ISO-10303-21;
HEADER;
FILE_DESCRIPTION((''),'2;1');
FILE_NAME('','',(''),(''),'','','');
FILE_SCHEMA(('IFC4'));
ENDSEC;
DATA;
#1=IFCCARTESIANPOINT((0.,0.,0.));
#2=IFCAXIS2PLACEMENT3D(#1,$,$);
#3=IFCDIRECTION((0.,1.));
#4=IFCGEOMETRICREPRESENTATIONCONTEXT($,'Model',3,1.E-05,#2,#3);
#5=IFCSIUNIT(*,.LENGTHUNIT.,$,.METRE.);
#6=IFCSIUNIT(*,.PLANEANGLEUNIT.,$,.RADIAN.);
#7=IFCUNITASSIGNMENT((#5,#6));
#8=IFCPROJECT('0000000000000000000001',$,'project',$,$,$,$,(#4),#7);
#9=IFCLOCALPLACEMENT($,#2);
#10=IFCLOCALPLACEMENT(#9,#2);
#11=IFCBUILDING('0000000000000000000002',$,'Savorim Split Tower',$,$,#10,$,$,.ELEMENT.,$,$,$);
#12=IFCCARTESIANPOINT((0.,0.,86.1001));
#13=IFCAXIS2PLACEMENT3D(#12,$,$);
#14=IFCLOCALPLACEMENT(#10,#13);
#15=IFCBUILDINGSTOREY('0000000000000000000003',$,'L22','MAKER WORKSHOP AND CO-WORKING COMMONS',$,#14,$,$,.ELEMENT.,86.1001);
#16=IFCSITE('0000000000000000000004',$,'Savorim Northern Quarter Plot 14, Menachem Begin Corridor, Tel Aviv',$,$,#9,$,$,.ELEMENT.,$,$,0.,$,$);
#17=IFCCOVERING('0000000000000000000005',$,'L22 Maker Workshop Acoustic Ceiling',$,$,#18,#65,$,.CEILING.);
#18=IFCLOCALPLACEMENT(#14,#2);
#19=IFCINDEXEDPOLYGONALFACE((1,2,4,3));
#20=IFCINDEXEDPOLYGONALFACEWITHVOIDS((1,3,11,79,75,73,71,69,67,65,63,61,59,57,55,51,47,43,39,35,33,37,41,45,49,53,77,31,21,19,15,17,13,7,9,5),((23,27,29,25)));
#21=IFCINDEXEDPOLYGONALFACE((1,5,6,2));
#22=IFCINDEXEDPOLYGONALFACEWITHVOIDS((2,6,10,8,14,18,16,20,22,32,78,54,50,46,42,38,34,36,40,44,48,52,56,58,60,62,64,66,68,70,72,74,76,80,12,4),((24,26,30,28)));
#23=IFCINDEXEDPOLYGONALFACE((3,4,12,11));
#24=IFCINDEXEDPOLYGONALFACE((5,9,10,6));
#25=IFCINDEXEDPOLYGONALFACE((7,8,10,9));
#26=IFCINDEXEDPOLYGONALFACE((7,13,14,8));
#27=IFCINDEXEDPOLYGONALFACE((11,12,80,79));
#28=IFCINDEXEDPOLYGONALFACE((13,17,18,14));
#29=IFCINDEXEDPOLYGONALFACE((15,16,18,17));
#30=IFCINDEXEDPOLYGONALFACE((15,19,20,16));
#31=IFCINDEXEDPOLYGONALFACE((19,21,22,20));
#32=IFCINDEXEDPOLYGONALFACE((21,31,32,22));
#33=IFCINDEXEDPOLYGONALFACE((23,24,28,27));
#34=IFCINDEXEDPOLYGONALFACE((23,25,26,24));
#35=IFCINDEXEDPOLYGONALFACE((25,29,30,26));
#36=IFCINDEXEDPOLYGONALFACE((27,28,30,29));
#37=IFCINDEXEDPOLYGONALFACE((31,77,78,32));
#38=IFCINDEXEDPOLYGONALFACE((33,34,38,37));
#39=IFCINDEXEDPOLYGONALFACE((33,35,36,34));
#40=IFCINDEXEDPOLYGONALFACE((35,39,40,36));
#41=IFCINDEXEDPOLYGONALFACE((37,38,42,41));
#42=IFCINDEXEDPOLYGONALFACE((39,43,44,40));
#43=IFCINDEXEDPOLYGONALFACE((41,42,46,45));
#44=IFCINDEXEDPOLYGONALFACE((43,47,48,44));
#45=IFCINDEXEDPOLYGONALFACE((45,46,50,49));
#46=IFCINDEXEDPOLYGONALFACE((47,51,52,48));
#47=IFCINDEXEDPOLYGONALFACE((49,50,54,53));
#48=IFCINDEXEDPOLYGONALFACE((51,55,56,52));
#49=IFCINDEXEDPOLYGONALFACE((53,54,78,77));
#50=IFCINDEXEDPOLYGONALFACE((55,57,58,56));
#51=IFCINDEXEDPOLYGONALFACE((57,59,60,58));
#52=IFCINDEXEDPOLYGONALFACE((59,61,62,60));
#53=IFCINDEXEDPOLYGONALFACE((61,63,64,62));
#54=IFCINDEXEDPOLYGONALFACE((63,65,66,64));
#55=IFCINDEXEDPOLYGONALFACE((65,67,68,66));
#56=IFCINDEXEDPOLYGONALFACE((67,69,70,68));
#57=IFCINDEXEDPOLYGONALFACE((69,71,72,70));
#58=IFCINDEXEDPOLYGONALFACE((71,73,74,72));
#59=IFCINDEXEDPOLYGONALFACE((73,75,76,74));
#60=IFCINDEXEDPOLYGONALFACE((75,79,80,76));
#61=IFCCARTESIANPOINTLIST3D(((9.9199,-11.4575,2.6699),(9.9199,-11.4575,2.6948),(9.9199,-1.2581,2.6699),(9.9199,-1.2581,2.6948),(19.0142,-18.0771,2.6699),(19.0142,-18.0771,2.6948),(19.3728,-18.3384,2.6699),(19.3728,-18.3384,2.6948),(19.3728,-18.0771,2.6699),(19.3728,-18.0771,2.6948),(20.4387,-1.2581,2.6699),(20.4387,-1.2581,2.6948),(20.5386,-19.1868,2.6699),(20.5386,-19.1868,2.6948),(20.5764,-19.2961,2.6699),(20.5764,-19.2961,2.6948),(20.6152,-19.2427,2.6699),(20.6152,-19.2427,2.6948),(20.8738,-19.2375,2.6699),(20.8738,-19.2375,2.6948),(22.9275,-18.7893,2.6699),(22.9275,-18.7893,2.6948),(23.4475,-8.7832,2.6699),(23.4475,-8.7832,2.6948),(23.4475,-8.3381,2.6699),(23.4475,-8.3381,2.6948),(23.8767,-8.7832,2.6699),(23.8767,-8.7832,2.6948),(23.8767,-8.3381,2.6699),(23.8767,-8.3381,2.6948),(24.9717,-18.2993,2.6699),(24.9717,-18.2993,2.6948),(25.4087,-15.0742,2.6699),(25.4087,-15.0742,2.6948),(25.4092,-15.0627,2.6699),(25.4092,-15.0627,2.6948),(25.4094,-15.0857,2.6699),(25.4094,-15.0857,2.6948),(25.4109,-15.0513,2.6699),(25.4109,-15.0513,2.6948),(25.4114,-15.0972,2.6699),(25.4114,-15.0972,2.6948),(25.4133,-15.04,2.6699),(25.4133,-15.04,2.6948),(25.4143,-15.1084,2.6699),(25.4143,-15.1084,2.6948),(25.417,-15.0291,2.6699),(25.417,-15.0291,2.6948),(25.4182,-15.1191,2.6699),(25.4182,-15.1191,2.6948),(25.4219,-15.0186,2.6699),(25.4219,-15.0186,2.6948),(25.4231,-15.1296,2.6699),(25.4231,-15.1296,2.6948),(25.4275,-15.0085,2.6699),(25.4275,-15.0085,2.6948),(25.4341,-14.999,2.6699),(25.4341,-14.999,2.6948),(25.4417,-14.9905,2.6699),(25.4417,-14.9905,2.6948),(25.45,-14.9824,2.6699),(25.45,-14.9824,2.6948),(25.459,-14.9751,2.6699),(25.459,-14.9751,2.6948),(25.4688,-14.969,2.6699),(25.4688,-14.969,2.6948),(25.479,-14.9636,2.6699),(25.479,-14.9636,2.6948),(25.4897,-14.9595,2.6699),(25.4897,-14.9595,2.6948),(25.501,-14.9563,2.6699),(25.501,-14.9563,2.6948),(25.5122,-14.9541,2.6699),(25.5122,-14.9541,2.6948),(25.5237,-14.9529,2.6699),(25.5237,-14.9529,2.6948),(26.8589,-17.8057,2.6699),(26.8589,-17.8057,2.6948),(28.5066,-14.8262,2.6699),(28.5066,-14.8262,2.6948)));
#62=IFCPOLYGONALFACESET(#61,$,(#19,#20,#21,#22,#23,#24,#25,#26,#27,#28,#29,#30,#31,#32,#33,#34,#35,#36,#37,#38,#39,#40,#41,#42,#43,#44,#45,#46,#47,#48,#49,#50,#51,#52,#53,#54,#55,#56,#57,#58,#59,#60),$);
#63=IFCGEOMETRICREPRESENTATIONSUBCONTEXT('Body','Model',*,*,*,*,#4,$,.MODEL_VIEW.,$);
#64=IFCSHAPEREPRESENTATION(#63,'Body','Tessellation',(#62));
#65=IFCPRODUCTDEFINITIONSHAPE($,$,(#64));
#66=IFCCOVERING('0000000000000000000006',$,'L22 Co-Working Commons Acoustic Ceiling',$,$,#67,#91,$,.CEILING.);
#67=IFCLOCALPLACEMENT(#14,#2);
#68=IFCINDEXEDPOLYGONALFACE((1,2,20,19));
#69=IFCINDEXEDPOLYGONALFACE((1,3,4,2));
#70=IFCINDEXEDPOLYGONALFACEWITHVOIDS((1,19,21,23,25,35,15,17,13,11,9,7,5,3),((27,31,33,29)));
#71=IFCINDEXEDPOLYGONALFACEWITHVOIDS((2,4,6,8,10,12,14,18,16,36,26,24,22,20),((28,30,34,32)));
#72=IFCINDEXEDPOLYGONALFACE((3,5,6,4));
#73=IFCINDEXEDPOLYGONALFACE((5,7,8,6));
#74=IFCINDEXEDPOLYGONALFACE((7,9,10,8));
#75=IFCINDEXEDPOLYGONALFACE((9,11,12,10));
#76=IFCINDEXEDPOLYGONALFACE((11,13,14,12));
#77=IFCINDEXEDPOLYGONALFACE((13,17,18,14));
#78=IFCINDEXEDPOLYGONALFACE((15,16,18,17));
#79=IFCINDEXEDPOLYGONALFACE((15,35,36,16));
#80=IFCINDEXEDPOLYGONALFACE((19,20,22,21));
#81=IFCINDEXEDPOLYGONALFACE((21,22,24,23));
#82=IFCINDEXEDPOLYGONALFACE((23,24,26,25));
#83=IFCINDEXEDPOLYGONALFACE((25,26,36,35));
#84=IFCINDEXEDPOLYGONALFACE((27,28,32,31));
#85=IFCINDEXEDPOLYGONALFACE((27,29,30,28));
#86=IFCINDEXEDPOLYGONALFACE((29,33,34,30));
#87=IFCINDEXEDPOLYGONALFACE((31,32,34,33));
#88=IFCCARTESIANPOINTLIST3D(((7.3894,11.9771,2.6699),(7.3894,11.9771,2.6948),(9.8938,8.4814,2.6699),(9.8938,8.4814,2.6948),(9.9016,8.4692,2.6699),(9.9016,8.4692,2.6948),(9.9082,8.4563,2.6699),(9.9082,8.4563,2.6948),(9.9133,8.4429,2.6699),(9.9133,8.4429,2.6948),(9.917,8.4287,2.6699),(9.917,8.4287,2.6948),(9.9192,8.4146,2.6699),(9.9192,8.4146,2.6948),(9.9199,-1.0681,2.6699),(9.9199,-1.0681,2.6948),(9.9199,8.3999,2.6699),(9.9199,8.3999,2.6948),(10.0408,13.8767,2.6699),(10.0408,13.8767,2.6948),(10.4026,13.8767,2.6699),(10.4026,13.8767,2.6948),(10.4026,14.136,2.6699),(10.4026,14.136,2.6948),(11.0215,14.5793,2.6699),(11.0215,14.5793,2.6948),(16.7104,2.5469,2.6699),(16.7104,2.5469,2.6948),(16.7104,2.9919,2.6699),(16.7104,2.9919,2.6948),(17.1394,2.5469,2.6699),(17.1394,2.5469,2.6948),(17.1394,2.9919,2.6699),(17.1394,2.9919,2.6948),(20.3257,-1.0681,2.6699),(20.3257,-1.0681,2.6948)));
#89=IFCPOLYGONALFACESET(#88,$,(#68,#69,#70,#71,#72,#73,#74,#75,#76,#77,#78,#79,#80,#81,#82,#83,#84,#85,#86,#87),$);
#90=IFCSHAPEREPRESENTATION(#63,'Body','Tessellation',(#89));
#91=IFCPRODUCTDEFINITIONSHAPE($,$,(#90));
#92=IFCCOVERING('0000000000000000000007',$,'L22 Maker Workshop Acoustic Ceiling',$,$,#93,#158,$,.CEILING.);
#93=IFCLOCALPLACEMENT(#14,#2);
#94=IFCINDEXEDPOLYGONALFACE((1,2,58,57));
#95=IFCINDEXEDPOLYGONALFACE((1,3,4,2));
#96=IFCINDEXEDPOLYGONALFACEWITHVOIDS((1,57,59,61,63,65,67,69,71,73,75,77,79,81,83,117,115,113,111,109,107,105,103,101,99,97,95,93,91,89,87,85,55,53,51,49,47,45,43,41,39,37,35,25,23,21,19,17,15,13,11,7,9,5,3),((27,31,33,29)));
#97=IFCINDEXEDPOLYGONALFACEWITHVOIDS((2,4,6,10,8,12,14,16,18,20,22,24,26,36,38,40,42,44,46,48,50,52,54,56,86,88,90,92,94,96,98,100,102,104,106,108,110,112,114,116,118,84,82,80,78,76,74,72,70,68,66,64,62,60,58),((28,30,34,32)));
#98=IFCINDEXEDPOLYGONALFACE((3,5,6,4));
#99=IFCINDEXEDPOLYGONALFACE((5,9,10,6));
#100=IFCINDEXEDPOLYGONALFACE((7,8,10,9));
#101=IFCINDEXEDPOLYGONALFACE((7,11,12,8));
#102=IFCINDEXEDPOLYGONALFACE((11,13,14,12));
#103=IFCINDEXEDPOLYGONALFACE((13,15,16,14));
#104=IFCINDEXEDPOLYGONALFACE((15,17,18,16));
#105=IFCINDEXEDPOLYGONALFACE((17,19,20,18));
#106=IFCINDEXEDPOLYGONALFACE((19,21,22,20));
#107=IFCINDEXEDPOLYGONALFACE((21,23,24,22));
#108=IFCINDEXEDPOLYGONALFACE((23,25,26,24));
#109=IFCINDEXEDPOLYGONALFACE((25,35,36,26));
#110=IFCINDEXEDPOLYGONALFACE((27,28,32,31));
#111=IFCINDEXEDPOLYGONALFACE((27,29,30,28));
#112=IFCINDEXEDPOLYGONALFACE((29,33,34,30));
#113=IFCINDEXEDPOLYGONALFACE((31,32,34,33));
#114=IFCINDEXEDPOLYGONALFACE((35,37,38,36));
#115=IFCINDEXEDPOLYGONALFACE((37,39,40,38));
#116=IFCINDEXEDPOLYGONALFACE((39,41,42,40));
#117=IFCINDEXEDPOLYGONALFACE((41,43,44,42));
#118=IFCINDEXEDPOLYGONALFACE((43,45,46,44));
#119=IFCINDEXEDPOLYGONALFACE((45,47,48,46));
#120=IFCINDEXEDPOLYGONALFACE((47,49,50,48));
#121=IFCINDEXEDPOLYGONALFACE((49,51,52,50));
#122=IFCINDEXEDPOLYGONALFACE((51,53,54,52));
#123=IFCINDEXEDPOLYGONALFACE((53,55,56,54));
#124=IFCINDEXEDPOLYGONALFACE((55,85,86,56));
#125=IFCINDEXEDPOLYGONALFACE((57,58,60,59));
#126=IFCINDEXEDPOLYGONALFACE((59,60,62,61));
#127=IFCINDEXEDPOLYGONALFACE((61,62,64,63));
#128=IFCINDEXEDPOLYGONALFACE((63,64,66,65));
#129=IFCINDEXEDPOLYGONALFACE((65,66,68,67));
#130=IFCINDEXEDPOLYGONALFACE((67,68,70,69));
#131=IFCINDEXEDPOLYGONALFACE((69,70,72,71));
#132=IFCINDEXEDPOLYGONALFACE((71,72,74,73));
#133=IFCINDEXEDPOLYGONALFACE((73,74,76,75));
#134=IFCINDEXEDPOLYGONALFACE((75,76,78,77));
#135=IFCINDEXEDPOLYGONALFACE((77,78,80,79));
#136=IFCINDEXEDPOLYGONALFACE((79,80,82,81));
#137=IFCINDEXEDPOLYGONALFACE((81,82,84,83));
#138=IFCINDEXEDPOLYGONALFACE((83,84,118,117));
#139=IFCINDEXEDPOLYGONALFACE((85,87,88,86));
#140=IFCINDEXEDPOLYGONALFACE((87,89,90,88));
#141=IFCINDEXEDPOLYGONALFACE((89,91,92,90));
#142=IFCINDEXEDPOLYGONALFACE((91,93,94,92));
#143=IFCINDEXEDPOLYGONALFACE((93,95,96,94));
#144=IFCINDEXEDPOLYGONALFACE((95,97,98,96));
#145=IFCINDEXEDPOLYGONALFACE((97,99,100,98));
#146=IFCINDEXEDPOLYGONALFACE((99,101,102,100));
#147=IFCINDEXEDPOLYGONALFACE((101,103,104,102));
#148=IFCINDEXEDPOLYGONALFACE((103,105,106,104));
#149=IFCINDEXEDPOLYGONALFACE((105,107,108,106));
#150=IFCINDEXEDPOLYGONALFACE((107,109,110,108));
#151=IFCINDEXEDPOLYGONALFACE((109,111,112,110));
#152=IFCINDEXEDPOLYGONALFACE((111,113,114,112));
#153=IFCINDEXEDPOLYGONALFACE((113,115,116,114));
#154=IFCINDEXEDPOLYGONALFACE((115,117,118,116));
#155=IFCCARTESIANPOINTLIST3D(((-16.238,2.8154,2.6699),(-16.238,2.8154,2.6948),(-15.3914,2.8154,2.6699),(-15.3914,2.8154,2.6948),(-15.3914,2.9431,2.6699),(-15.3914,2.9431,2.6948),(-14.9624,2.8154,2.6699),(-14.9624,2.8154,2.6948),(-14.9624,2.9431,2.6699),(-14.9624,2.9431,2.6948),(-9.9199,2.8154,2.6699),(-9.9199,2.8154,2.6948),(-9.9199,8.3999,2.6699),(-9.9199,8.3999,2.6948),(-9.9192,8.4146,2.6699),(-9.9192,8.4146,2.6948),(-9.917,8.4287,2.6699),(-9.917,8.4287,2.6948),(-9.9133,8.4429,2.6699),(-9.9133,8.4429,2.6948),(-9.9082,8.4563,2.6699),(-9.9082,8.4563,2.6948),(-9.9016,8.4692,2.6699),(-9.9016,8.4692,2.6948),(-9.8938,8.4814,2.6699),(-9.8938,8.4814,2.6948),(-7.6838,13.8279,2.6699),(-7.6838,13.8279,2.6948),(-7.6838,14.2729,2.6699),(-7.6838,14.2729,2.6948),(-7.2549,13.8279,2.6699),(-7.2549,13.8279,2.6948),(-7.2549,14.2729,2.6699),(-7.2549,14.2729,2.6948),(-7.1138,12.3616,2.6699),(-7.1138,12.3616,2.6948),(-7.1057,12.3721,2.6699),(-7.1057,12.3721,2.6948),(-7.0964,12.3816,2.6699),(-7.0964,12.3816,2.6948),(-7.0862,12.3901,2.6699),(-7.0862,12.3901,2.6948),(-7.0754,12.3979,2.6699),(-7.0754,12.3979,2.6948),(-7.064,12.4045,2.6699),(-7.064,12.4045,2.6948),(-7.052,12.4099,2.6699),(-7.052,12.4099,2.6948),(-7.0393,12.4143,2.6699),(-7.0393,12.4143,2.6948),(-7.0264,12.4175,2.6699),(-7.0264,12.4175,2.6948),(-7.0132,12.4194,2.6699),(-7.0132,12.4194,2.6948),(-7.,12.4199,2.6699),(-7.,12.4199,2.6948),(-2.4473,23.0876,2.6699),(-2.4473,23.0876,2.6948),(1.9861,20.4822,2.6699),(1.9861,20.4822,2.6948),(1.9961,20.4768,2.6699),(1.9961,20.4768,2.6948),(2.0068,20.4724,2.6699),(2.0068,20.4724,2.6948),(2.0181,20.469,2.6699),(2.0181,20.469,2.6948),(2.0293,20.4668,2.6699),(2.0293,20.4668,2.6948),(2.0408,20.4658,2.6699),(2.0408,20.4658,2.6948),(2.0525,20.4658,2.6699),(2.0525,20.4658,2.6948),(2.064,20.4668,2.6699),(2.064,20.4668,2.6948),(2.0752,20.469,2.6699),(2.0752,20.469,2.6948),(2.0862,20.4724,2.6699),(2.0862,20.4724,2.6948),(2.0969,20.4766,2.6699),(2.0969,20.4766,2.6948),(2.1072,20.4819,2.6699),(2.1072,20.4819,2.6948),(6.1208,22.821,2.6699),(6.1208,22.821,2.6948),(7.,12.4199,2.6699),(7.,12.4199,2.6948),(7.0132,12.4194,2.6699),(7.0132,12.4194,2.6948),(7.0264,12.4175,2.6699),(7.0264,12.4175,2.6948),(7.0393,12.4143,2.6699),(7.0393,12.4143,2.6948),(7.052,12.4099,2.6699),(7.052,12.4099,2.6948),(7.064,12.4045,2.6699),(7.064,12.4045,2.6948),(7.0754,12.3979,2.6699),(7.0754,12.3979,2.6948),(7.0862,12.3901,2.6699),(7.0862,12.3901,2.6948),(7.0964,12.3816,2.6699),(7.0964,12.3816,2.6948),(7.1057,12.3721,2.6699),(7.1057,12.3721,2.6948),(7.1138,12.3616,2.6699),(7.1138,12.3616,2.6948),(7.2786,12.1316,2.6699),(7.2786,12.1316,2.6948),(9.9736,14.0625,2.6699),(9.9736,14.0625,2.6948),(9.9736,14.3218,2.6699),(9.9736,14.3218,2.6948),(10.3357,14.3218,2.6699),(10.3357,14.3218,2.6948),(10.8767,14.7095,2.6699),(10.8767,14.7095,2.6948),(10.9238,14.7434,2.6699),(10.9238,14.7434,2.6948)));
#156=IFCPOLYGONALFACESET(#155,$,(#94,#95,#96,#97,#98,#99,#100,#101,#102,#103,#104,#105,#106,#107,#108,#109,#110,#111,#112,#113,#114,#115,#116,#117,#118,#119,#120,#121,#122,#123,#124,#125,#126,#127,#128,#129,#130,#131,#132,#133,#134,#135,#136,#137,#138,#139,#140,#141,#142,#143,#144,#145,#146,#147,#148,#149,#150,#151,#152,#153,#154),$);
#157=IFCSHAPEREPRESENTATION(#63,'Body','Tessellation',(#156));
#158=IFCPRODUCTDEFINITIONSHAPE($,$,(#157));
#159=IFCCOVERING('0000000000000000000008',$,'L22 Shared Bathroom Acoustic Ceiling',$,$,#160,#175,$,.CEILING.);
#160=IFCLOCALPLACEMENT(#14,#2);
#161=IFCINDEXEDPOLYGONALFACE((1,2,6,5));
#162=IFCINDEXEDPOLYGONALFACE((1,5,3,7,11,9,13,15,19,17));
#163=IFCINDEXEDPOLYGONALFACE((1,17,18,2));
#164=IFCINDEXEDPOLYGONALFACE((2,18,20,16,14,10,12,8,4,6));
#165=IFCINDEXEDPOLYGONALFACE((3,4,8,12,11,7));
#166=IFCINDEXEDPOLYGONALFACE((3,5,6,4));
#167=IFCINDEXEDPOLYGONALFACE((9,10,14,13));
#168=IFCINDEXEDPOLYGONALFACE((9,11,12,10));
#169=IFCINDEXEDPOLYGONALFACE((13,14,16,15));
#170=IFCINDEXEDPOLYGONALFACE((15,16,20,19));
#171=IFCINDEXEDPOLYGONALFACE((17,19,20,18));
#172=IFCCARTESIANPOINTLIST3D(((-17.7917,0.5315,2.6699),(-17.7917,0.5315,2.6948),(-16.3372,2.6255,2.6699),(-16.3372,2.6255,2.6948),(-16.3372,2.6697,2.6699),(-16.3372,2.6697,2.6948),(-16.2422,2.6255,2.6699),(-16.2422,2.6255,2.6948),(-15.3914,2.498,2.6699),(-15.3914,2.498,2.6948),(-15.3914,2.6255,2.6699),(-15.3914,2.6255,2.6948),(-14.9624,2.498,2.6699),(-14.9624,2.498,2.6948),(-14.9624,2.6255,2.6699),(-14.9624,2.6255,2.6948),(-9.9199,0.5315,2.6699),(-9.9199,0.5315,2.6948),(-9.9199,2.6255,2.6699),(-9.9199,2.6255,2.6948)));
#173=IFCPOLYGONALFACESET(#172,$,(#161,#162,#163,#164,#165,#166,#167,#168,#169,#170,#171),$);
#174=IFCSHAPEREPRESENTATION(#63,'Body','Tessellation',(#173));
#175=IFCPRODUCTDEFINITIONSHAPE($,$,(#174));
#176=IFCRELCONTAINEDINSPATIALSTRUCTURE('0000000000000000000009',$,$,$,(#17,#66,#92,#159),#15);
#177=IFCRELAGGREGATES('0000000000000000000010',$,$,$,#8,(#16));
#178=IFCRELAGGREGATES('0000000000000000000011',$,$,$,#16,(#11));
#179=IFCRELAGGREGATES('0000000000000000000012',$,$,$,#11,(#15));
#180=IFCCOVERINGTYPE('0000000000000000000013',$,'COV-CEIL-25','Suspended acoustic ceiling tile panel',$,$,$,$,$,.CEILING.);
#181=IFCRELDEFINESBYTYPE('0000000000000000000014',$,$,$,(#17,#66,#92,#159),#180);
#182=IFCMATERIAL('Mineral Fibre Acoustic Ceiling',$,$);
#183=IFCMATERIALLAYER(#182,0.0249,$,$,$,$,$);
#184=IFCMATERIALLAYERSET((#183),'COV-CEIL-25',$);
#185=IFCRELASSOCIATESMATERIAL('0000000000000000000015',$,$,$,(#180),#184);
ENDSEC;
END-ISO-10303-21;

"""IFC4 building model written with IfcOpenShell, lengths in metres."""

from ifc_helpers import new_model, si_unit, direction, frame, origin, place, context, subcontext, project, spatial, polyline, outline, extrude, material, layer, layer_set, type_object, element, save


model = new_model("IFC4")

# Units and contexts
model_context = context("Model", 3, precision=1e-05, world=origin(), true_north=direction((0.0, 1.0)))
body_context = subcontext(model_context, "Body", "Model", "MODEL_VIEW")
ifc_project = project(units=[si_unit("LENGTHUNIT", "METRE"), si_unit("PLANEANGLEUNIT", "RADIAN")], contexts=[model_context])

# Site, building, storey
site_placement = place(None, origin())
site = spatial("IfcSite", under=ifc_project, at=site_placement, Name="Savorim Northern Quarter Plot 14, Menachem Begin Corridor, Tel Aviv", CompositionType="ELEMENT", RefElevation=0.0)
building_placement = place(site_placement, origin())
building = spatial("IfcBuilding", under=site, at=building_placement, Name="Savorim Split Tower", CompositionType="ELEMENT")
storey_placement = place(building_placement, frame((0.0, 0.0, 86.1001)))
storey = spatial("IfcBuildingStorey", under=building, at=storey_placement, Name="L22", Description="MAKER WORKSHOP AND CO-WORKING COMMONS", CompositionType="ELEMENT", Elevation=86.1001)

# Coverings
ifc_material_1 = material(Name="Mineral Fibre Acoustic Ceiling")
ifc_layer_1 = layer(ifc_material_1, 0.0249)
ifc_layer_set_1 = layer_set([ifc_layer_1], Name="COV-CEIL-25")
covering_type_1 = type_object("IfcCoveringType", Name="COV-CEIL-25", Description="Suspended acoustic ceiling tile panel", PredefinedType="CEILING", material=ifc_layer_set_1)
covering_1_placement = place(storey_placement, frame((0.0, 0.0, 2.6699)))
element("IfcCovering", 1, at=covering_1_placement, inside=storey, type_object=covering_type_1, Name="L22 Maker Workshop Acoustic Ceiling", PredefinedType="CEILING", context=body_context, shape_type="SweptSolid", body=[
    extrude(outline(polyline([(25.501, -14.9563), (25.5122, -14.9541), (25.5237, -14.9529), (28.5066, -14.8262), (20.4387, -1.2581), (9.9199, -1.2581), (9.9199, -11.4575), (19.0142, -18.0771), (19.3728, -18.0771), (19.3728, -18.3384), (20.5386, -19.1868), (20.6152, -19.2427), (20.5764, -19.2961), (20.8738, -19.2375), (22.9275, -18.7893), (24.9717, -18.2993), (26.8589, -17.8057), (25.4231, -15.1296), (25.4182, -15.1191), (25.4143, -15.1084), (25.4114, -15.0972), (25.4094, -15.0857), (25.4087, -15.0742), (25.4092, -15.0627), (25.4109, -15.0513), (25.4133, -15.04), (25.417, -15.0291), (25.4219, -15.0186), (25.4275, -15.0085), (25.4341, -14.999), (25.4417, -14.9905), (25.45, -14.9824), (25.459, -14.9751), (25.4688, -14.969), (25.479, -14.9636), (25.4897, -14.9595), (25.501, -14.9563)]), holes=[polyline([(23.8767, -8.7832), (23.8767, -8.3381), (23.4475, -8.3381), (23.4475, -8.7832), (23.8767, -8.7832)])]), origin(), (0.0, 0.0, 1.0), 0.0249),
])
covering_2_placement = place(storey_placement, frame((0.0, 0.0, 2.6699)))
element("IfcCovering", 2, at=covering_2_placement, inside=storey, type_object=covering_type_1, Name="L22 Co-Working Commons Acoustic Ceiling", PredefinedType="CEILING", context=body_context, shape_type="SweptSolid", body=[
    extrude(outline(polyline([(9.917, 8.4287), (9.9192, 8.4146), (9.9199, 8.3999), (9.9199, -1.0681), (20.3257, -1.0681), (11.0215, 14.5793), (10.4026, 14.136), (10.4026, 13.8767), (10.0408, 13.8767), (7.3894, 11.9771), (9.8938, 8.4814), (9.9016, 8.4692), (9.9082, 8.4563), (9.9133, 8.4429), (9.917, 8.4287)]), holes=[polyline([(17.1394, 2.5469), (17.1394, 2.9919), (16.7104, 2.9919), (16.7104, 2.5469), (17.1394, 2.5469)])]), origin(), (0.0, 0.0, 1.0), 0.0249),
])
covering_3_placement = place(storey_placement, frame((0.0, 0.0, 2.6699)))
element("IfcCovering", 3, at=covering_3_placement, inside=storey, type_object=covering_type_1, Name="L22 Maker Workshop Acoustic Ceiling", PredefinedType="CEILING", context=body_context, shape_type="SweptSolid", body=[
    extrude(outline(polyline([(2.0068, 20.4724), (1.9961, 20.4768), (1.9861, 20.4822), (-2.4473, 23.0876), (-16.238, 2.8154), (-15.3914, 2.8154), (-15.3914, 2.9431), (-14.9624, 2.9431), (-14.9624, 2.8154), (-9.9199, 2.8154), (-9.9199, 8.3999), (-9.9192, 8.4146), (-9.917, 8.4287), (-9.9133, 8.4429), (-9.9082, 8.4563), (-9.9016, 8.4692), (-9.8938, 8.4814), (-7.1138, 12.3616), (-7.1057, 12.3721), (-7.0964, 12.3816), (-7.0862, 12.3901), (-7.0754, 12.3979), (-7.064, 12.4045), (-7.052, 12.4099), (-7.0393, 12.4143), (-7.0264, 12.4175), (-7.0132, 12.4194), (-7.0, 12.4199), (7.0, 12.4199), (7.0132, 12.4194), (7.0264, 12.4175), (7.0393, 12.4143), (7.052, 12.4099), (7.064, 12.4045), (7.0754, 12.3979), (7.0862, 12.3901), (7.0964, 12.3816), (7.1057, 12.3721), (7.1138, 12.3616), (7.2786, 12.1316), (9.9736, 14.0625), (9.9736, 14.3218), (10.3357, 14.3218), (10.8767, 14.7095), (10.9238, 14.7434), (6.1208, 22.821), (2.1072, 20.4819), (2.0969, 20.4766), (2.0862, 20.4724), (2.0752, 20.469), (2.064, 20.4668), (2.0525, 20.4658), (2.0408, 20.4658), (2.0293, 20.4668), (2.0181, 20.469), (2.0068, 20.4724)]), holes=[polyline([(-7.2549, 14.2729), (-7.6838, 14.2729), (-7.6838, 13.8279), (-7.2549, 13.8279), (-7.2549, 14.2729)])]), origin(), (0.0, 0.0, 1.0), 0.0249),
])
covering_4_placement = place(storey_placement, frame((0.0, 0.0, 2.6699)))
element("IfcCovering", 4, at=covering_4_placement, inside=storey, type_object=covering_type_1, Name="L22 Shared Bathroom Acoustic Ceiling", PredefinedType="CEILING", context=body_context, shape_type="SweptSolid", body=[
    extrude(outline(polyline([(-15.3914, 2.6255), (-16.2422, 2.6255), (-16.3372, 2.6255), (-16.3372, 2.6697), (-17.7917, 0.5315), (-9.9199, 0.5315), (-9.9199, 2.6255), (-14.9624, 2.6255), (-14.9624, 2.498), (-15.3914, 2.498), (-15.3914, 2.6255)])), origin(), (0.0, 0.0, 1.0), 0.0249),
])

save(model, "model.ifc")
